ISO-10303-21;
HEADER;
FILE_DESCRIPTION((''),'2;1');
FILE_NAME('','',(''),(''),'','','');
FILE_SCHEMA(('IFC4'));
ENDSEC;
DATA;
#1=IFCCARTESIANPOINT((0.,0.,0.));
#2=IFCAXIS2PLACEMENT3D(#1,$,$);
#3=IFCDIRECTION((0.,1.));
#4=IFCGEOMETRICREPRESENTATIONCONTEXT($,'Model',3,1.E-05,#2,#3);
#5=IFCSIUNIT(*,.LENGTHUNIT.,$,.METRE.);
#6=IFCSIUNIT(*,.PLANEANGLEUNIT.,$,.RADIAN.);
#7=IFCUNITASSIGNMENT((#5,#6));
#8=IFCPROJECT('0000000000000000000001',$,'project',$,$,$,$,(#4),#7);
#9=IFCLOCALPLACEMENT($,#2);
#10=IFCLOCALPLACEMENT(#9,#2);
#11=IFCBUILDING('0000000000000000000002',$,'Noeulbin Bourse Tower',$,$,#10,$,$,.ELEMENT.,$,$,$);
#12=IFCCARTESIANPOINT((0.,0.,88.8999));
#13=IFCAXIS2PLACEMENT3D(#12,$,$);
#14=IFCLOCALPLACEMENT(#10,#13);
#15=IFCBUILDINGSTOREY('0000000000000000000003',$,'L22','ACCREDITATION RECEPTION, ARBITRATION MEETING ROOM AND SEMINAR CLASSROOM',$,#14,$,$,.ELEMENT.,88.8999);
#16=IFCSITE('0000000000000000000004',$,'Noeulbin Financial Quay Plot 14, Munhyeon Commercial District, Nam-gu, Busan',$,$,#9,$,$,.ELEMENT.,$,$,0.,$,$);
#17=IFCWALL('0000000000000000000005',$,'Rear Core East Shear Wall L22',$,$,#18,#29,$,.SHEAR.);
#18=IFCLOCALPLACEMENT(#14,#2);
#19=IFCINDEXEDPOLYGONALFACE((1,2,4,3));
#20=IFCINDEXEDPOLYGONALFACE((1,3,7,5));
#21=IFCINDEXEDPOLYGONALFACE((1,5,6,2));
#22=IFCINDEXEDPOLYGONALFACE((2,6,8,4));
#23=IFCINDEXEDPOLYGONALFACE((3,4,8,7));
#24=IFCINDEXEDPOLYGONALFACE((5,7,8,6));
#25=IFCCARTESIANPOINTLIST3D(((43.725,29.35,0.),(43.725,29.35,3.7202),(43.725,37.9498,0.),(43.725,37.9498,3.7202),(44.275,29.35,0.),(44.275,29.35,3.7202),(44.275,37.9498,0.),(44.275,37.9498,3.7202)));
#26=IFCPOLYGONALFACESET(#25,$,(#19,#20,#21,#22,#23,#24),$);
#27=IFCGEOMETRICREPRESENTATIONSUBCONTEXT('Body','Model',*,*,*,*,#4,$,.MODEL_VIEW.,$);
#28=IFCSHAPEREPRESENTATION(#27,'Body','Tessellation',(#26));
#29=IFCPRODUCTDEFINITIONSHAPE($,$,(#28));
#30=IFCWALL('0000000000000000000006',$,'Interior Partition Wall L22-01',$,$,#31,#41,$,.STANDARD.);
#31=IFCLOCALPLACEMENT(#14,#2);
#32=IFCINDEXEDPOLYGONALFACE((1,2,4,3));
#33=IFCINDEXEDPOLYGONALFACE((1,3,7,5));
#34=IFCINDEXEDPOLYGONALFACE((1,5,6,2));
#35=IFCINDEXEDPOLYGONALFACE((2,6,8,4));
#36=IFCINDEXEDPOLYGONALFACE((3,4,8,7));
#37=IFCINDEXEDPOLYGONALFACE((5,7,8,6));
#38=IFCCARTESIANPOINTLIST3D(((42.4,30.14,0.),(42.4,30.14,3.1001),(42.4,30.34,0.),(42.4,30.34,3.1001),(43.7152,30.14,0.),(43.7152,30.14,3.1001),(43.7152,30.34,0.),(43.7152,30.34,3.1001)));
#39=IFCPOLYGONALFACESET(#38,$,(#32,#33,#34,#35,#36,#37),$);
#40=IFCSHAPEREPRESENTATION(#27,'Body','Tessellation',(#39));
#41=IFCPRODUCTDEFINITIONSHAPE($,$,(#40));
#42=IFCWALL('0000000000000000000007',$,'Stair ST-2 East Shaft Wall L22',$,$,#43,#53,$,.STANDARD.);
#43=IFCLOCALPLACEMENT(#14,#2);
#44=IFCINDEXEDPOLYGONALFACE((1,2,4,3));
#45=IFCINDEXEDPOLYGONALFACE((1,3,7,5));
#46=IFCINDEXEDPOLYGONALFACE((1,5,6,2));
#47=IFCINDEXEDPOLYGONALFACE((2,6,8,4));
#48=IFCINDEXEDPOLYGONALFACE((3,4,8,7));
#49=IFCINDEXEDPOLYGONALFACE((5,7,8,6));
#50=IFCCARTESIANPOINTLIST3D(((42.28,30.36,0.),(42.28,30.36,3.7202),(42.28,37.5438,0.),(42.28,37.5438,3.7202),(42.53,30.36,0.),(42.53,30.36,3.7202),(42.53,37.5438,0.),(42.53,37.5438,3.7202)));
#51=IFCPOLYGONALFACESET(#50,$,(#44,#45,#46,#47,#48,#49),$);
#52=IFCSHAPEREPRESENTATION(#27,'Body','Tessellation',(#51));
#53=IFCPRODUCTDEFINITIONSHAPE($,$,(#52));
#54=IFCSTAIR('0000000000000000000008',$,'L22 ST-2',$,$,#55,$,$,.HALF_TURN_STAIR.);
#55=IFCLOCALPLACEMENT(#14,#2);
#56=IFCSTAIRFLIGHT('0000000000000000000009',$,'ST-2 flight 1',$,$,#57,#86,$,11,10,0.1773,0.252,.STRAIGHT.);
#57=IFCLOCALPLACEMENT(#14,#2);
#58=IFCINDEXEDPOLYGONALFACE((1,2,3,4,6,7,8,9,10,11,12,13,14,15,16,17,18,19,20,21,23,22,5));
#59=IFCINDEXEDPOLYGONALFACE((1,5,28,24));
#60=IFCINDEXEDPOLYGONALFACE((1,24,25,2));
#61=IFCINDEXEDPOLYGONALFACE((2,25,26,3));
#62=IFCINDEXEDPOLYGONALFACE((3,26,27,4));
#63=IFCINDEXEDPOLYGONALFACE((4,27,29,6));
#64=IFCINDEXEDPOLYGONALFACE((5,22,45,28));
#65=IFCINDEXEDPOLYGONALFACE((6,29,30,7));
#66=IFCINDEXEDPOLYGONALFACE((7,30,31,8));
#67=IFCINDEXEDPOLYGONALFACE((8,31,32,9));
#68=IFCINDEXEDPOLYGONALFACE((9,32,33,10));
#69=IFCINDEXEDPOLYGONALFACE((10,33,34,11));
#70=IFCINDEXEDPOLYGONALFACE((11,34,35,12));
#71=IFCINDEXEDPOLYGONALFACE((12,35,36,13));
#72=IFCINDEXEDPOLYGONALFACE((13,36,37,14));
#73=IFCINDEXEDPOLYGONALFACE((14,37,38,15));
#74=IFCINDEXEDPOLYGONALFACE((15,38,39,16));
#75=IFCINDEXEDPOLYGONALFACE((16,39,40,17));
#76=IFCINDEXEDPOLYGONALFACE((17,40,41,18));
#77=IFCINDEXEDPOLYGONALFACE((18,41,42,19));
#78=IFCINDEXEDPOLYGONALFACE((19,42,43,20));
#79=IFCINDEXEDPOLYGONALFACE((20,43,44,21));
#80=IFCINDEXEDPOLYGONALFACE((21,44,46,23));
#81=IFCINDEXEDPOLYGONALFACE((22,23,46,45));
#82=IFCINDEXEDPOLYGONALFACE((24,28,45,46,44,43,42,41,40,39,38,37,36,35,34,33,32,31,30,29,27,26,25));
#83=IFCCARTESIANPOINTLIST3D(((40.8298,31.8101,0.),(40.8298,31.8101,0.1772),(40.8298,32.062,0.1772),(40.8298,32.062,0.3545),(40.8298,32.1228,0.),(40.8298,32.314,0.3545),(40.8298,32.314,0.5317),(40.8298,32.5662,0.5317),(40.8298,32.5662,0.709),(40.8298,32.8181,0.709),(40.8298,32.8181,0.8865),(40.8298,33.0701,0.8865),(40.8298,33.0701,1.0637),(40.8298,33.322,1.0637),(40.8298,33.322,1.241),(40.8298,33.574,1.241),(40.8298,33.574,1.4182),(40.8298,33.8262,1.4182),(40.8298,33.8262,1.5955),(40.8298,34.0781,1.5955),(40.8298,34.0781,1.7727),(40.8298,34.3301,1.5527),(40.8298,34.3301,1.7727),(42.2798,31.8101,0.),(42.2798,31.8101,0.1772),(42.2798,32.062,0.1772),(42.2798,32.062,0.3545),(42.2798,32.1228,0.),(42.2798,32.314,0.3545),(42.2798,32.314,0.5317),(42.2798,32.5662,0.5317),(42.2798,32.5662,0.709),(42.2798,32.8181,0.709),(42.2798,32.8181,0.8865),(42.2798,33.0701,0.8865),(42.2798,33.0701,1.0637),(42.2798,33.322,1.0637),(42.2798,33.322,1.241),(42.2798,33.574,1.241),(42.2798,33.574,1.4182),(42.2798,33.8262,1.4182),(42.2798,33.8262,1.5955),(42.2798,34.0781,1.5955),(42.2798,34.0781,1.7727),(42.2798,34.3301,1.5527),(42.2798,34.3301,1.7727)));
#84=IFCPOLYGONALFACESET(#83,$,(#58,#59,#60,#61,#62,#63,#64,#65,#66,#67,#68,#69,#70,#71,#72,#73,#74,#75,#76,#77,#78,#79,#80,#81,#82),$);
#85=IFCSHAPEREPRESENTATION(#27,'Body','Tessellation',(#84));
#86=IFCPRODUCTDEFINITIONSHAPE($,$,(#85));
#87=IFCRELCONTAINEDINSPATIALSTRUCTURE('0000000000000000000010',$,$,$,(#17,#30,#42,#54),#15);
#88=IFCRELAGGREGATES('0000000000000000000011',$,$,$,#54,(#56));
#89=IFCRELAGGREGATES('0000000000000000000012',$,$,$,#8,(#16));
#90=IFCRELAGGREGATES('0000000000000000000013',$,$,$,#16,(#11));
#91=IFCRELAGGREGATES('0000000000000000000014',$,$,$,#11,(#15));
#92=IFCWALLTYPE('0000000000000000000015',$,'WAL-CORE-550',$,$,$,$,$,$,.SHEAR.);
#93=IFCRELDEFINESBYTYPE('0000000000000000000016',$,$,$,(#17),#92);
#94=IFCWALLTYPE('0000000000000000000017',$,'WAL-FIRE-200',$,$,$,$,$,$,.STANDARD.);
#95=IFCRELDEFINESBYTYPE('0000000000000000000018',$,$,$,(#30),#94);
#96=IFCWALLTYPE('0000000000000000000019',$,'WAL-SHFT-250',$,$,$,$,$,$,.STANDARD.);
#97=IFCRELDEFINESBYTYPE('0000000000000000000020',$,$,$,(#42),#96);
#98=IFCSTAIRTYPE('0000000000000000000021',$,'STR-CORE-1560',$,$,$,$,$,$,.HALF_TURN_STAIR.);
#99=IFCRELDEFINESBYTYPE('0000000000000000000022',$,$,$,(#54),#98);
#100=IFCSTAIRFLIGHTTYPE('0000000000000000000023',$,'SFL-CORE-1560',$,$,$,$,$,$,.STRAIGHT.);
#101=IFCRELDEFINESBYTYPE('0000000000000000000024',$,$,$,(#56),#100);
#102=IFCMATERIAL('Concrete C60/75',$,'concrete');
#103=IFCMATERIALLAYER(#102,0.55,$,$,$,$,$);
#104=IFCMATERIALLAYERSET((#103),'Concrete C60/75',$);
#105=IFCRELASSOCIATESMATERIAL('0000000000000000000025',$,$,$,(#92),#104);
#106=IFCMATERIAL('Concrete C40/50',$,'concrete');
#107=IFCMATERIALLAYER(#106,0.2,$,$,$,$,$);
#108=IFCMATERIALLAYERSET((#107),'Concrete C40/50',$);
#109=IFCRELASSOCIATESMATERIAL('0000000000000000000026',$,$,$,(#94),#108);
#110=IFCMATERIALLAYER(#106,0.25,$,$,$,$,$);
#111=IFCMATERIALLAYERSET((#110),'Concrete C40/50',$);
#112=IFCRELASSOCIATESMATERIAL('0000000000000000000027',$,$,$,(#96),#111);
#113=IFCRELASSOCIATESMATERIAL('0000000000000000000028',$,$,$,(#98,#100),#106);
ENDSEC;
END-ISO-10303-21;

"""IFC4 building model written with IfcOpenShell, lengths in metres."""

from ifc_helpers import new_model, si_unit, direction, frame, frame_2d, origin, place, context, subcontext, project, spatial, polyline, rectangle, outline, extrude, material, layer, layer_set, type_object, element, aggregate, save


model = new_model("IFC4")

# Units and contexts
model_context = context("Model", 3, precision=1e-05, world=origin(), true_north=direction((0.0, 1.0)))
body_context = subcontext(model_context, "Body", "Model", "MODEL_VIEW")
ifc_project = project(units=[si_unit("LENGTHUNIT", "METRE"), si_unit("PLANEANGLEUNIT", "RADIAN")], contexts=[model_context])

# Site, building, storey
site_placement = place(None, origin())
site = spatial("IfcSite", under=ifc_project, at=site_placement, Name="Noeulbin Financial Quay Plot 14, Munhyeon Commercial District, Nam-gu, Busan", CompositionType="ELEMENT", RefElevation=0.0)
building_placement = place(site_placement, origin())
building = spatial("IfcBuilding", under=site, at=building_placement, Name="Noeulbin Bourse Tower", CompositionType="ELEMENT")
storey_placement = place(building_placement, frame((0.0, 0.0, 88.8999)))
storey = spatial("IfcBuildingStorey", under=building, at=storey_placement, Name="L22", Description="ACCREDITATION RECEPTION, ARBITRATION MEETING ROOM AND SEMINAR CLASSROOM", CompositionType="ELEMENT", Elevation=88.8999)

# Walls
ifc_material_1 = material(Name="Concrete C60/75", Category="concrete")
ifc_layer_1 = layer(ifc_material_1, 0.55)
ifc_layer_set_1 = layer_set([ifc_layer_1], Name="Concrete C60/75")
wall_type_1 = type_object("IfcWallType", Name="WAL-CORE-550", PredefinedType="SHEAR", material=ifc_layer_set_1)
wall_1_placement = place(storey_placement, frame((44.0, 29.3501, 0.0), z_axis=(0.0, 0.0, 1.0), x_axis=(0.0, 1.0, 0.0)))
element("IfcWall", 1, at=wall_1_placement, inside=storey, type_object=wall_type_1, Name="Rear Core East Shear Wall L22", PredefinedType="SHEAR", context=body_context, shape_type="SweptSolid", body=[
    extrude(rectangle(XDim=8.5999, YDim=0.55, at=frame_2d((4.2998, 0.0))), origin(), (0.0, 0.0, 1.0), 3.7202),
])
ifc_material_2 = material(Name="Concrete C40/50", Category="concrete")
ifc_layer_2 = layer(ifc_material_2, 0.2)
ifc_layer_set_2 = layer_set([ifc_layer_2], Name="Concrete C40/50")
wall_type_2 = type_object("IfcWallType", Name="WAL-FIRE-200", PredefinedType="STANDARD", material=ifc_layer_set_2)
wall_2_placement = place(storey_placement, frame((42.3999, 30.24, 0.0), z_axis=(0.0, 0.0, 1.0), x_axis=(1.0, 0.0, 0.0)))
element("IfcWall", 2, at=wall_2_placement, inside=storey, type_object=wall_type_2, Name="Interior Partition Wall L22-01", PredefinedType="STANDARD", context=body_context, shape_type="SweptSolid", body=[
    extrude(rectangle(XDim=1.3152, YDim=0.2, at=frame_2d((0.6577, 0.0))), origin(), (0.0, 0.0, 1.0), 3.1001),
])
ifc_layer_3 = layer(ifc_material_2, 0.25)
ifc_layer_set_3 = layer_set([ifc_layer_3], Name="Concrete C40/50")
wall_type_3 = type_object("IfcWallType", Name="WAL-SHFT-250", PredefinedType="STANDARD", material=ifc_layer_set_3)
wall_3_placement = place(storey_placement, frame((42.405, 30.3601, 0.0), z_axis=(0.0, 0.0, 1.0), x_axis=(0.0, 1.0, 0.0)))
element("IfcWall", 3, at=wall_3_placement, inside=storey, type_object=wall_type_3, Name="Stair ST-2 East Shaft Wall L22", PredefinedType="STANDARD", context=body_context, shape_type="SweptSolid", body=[
    extrude(rectangle(XDim=7.1838, YDim=0.25, at=frame_2d((3.5918, 0.0))), origin(), (0.0, 0.0, 1.0), 3.7202),
])

# Stair, stair flight
stair_type = type_object("IfcStairType", Name="STR-CORE-1560", PredefinedType="HALF_TURN_STAIR", material=ifc_material_2)
stair_placement = place(storey_placement, origin())
stair = element("IfcStair", 4, at=stair_placement, inside=storey, type_object=stair_type, Name="L22 ST-2", PredefinedType="HALF_TURN_STAIR")
stair_flight_type = type_object("IfcStairFlightType", Name="SFL-CORE-1560", PredefinedType="STRAIGHT", material=ifc_material_2)
stair_flight_placement = place(storey_placement, frame((41.5549, 31.8101, 0.0), z_axis=(0.0, 0.0, 1.0), x_axis=(0.0, 1.0, 0.0)))
stair_flight = element("IfcStairFlight", 5, at=stair_flight_placement, type_object=stair_flight_type, Name="ST-2 flight 1", NumberOfRisers=11, NumberOfTreads=10, PredefinedType="STRAIGHT", RiserHeight=0.1773, TreadLength=0.252, context=body_context, shape_type="SweptSolid", body=[
    extrude(outline(polyline([(0.0, 0.0), (0.0, 0.1772), (0.252, 0.1772), (0.252, 0.3545), (0.5039, 0.3545), (0.5039, 0.5317), (0.7561, 0.5317), (0.7561, 0.709), (1.0081, 0.709), (1.0081, 0.8865), (1.26, 0.8865), (1.26, 1.0637), (1.512, 1.0637), (1.512, 1.241), (1.7639, 1.241), (1.7639, 1.4182), (2.0161, 1.4182), (2.0161, 1.5955), (2.2681, 1.5955), (2.2681, 1.7727), (2.52, 1.7727), (2.52, 1.95), (2.52, 1.5527), (0.3127, 0.0), (0.0, 0.0)])), frame((0.0, 0.7251, 0.0), z_axis=(0.0, -1.0, 0.0), x_axis=(1.0, 0.0, 0.0)), (0.0, 0.0, 1.0), 1.45),
])
aggregate(stair, [stair_flight])

save(model, "model.ifc")
